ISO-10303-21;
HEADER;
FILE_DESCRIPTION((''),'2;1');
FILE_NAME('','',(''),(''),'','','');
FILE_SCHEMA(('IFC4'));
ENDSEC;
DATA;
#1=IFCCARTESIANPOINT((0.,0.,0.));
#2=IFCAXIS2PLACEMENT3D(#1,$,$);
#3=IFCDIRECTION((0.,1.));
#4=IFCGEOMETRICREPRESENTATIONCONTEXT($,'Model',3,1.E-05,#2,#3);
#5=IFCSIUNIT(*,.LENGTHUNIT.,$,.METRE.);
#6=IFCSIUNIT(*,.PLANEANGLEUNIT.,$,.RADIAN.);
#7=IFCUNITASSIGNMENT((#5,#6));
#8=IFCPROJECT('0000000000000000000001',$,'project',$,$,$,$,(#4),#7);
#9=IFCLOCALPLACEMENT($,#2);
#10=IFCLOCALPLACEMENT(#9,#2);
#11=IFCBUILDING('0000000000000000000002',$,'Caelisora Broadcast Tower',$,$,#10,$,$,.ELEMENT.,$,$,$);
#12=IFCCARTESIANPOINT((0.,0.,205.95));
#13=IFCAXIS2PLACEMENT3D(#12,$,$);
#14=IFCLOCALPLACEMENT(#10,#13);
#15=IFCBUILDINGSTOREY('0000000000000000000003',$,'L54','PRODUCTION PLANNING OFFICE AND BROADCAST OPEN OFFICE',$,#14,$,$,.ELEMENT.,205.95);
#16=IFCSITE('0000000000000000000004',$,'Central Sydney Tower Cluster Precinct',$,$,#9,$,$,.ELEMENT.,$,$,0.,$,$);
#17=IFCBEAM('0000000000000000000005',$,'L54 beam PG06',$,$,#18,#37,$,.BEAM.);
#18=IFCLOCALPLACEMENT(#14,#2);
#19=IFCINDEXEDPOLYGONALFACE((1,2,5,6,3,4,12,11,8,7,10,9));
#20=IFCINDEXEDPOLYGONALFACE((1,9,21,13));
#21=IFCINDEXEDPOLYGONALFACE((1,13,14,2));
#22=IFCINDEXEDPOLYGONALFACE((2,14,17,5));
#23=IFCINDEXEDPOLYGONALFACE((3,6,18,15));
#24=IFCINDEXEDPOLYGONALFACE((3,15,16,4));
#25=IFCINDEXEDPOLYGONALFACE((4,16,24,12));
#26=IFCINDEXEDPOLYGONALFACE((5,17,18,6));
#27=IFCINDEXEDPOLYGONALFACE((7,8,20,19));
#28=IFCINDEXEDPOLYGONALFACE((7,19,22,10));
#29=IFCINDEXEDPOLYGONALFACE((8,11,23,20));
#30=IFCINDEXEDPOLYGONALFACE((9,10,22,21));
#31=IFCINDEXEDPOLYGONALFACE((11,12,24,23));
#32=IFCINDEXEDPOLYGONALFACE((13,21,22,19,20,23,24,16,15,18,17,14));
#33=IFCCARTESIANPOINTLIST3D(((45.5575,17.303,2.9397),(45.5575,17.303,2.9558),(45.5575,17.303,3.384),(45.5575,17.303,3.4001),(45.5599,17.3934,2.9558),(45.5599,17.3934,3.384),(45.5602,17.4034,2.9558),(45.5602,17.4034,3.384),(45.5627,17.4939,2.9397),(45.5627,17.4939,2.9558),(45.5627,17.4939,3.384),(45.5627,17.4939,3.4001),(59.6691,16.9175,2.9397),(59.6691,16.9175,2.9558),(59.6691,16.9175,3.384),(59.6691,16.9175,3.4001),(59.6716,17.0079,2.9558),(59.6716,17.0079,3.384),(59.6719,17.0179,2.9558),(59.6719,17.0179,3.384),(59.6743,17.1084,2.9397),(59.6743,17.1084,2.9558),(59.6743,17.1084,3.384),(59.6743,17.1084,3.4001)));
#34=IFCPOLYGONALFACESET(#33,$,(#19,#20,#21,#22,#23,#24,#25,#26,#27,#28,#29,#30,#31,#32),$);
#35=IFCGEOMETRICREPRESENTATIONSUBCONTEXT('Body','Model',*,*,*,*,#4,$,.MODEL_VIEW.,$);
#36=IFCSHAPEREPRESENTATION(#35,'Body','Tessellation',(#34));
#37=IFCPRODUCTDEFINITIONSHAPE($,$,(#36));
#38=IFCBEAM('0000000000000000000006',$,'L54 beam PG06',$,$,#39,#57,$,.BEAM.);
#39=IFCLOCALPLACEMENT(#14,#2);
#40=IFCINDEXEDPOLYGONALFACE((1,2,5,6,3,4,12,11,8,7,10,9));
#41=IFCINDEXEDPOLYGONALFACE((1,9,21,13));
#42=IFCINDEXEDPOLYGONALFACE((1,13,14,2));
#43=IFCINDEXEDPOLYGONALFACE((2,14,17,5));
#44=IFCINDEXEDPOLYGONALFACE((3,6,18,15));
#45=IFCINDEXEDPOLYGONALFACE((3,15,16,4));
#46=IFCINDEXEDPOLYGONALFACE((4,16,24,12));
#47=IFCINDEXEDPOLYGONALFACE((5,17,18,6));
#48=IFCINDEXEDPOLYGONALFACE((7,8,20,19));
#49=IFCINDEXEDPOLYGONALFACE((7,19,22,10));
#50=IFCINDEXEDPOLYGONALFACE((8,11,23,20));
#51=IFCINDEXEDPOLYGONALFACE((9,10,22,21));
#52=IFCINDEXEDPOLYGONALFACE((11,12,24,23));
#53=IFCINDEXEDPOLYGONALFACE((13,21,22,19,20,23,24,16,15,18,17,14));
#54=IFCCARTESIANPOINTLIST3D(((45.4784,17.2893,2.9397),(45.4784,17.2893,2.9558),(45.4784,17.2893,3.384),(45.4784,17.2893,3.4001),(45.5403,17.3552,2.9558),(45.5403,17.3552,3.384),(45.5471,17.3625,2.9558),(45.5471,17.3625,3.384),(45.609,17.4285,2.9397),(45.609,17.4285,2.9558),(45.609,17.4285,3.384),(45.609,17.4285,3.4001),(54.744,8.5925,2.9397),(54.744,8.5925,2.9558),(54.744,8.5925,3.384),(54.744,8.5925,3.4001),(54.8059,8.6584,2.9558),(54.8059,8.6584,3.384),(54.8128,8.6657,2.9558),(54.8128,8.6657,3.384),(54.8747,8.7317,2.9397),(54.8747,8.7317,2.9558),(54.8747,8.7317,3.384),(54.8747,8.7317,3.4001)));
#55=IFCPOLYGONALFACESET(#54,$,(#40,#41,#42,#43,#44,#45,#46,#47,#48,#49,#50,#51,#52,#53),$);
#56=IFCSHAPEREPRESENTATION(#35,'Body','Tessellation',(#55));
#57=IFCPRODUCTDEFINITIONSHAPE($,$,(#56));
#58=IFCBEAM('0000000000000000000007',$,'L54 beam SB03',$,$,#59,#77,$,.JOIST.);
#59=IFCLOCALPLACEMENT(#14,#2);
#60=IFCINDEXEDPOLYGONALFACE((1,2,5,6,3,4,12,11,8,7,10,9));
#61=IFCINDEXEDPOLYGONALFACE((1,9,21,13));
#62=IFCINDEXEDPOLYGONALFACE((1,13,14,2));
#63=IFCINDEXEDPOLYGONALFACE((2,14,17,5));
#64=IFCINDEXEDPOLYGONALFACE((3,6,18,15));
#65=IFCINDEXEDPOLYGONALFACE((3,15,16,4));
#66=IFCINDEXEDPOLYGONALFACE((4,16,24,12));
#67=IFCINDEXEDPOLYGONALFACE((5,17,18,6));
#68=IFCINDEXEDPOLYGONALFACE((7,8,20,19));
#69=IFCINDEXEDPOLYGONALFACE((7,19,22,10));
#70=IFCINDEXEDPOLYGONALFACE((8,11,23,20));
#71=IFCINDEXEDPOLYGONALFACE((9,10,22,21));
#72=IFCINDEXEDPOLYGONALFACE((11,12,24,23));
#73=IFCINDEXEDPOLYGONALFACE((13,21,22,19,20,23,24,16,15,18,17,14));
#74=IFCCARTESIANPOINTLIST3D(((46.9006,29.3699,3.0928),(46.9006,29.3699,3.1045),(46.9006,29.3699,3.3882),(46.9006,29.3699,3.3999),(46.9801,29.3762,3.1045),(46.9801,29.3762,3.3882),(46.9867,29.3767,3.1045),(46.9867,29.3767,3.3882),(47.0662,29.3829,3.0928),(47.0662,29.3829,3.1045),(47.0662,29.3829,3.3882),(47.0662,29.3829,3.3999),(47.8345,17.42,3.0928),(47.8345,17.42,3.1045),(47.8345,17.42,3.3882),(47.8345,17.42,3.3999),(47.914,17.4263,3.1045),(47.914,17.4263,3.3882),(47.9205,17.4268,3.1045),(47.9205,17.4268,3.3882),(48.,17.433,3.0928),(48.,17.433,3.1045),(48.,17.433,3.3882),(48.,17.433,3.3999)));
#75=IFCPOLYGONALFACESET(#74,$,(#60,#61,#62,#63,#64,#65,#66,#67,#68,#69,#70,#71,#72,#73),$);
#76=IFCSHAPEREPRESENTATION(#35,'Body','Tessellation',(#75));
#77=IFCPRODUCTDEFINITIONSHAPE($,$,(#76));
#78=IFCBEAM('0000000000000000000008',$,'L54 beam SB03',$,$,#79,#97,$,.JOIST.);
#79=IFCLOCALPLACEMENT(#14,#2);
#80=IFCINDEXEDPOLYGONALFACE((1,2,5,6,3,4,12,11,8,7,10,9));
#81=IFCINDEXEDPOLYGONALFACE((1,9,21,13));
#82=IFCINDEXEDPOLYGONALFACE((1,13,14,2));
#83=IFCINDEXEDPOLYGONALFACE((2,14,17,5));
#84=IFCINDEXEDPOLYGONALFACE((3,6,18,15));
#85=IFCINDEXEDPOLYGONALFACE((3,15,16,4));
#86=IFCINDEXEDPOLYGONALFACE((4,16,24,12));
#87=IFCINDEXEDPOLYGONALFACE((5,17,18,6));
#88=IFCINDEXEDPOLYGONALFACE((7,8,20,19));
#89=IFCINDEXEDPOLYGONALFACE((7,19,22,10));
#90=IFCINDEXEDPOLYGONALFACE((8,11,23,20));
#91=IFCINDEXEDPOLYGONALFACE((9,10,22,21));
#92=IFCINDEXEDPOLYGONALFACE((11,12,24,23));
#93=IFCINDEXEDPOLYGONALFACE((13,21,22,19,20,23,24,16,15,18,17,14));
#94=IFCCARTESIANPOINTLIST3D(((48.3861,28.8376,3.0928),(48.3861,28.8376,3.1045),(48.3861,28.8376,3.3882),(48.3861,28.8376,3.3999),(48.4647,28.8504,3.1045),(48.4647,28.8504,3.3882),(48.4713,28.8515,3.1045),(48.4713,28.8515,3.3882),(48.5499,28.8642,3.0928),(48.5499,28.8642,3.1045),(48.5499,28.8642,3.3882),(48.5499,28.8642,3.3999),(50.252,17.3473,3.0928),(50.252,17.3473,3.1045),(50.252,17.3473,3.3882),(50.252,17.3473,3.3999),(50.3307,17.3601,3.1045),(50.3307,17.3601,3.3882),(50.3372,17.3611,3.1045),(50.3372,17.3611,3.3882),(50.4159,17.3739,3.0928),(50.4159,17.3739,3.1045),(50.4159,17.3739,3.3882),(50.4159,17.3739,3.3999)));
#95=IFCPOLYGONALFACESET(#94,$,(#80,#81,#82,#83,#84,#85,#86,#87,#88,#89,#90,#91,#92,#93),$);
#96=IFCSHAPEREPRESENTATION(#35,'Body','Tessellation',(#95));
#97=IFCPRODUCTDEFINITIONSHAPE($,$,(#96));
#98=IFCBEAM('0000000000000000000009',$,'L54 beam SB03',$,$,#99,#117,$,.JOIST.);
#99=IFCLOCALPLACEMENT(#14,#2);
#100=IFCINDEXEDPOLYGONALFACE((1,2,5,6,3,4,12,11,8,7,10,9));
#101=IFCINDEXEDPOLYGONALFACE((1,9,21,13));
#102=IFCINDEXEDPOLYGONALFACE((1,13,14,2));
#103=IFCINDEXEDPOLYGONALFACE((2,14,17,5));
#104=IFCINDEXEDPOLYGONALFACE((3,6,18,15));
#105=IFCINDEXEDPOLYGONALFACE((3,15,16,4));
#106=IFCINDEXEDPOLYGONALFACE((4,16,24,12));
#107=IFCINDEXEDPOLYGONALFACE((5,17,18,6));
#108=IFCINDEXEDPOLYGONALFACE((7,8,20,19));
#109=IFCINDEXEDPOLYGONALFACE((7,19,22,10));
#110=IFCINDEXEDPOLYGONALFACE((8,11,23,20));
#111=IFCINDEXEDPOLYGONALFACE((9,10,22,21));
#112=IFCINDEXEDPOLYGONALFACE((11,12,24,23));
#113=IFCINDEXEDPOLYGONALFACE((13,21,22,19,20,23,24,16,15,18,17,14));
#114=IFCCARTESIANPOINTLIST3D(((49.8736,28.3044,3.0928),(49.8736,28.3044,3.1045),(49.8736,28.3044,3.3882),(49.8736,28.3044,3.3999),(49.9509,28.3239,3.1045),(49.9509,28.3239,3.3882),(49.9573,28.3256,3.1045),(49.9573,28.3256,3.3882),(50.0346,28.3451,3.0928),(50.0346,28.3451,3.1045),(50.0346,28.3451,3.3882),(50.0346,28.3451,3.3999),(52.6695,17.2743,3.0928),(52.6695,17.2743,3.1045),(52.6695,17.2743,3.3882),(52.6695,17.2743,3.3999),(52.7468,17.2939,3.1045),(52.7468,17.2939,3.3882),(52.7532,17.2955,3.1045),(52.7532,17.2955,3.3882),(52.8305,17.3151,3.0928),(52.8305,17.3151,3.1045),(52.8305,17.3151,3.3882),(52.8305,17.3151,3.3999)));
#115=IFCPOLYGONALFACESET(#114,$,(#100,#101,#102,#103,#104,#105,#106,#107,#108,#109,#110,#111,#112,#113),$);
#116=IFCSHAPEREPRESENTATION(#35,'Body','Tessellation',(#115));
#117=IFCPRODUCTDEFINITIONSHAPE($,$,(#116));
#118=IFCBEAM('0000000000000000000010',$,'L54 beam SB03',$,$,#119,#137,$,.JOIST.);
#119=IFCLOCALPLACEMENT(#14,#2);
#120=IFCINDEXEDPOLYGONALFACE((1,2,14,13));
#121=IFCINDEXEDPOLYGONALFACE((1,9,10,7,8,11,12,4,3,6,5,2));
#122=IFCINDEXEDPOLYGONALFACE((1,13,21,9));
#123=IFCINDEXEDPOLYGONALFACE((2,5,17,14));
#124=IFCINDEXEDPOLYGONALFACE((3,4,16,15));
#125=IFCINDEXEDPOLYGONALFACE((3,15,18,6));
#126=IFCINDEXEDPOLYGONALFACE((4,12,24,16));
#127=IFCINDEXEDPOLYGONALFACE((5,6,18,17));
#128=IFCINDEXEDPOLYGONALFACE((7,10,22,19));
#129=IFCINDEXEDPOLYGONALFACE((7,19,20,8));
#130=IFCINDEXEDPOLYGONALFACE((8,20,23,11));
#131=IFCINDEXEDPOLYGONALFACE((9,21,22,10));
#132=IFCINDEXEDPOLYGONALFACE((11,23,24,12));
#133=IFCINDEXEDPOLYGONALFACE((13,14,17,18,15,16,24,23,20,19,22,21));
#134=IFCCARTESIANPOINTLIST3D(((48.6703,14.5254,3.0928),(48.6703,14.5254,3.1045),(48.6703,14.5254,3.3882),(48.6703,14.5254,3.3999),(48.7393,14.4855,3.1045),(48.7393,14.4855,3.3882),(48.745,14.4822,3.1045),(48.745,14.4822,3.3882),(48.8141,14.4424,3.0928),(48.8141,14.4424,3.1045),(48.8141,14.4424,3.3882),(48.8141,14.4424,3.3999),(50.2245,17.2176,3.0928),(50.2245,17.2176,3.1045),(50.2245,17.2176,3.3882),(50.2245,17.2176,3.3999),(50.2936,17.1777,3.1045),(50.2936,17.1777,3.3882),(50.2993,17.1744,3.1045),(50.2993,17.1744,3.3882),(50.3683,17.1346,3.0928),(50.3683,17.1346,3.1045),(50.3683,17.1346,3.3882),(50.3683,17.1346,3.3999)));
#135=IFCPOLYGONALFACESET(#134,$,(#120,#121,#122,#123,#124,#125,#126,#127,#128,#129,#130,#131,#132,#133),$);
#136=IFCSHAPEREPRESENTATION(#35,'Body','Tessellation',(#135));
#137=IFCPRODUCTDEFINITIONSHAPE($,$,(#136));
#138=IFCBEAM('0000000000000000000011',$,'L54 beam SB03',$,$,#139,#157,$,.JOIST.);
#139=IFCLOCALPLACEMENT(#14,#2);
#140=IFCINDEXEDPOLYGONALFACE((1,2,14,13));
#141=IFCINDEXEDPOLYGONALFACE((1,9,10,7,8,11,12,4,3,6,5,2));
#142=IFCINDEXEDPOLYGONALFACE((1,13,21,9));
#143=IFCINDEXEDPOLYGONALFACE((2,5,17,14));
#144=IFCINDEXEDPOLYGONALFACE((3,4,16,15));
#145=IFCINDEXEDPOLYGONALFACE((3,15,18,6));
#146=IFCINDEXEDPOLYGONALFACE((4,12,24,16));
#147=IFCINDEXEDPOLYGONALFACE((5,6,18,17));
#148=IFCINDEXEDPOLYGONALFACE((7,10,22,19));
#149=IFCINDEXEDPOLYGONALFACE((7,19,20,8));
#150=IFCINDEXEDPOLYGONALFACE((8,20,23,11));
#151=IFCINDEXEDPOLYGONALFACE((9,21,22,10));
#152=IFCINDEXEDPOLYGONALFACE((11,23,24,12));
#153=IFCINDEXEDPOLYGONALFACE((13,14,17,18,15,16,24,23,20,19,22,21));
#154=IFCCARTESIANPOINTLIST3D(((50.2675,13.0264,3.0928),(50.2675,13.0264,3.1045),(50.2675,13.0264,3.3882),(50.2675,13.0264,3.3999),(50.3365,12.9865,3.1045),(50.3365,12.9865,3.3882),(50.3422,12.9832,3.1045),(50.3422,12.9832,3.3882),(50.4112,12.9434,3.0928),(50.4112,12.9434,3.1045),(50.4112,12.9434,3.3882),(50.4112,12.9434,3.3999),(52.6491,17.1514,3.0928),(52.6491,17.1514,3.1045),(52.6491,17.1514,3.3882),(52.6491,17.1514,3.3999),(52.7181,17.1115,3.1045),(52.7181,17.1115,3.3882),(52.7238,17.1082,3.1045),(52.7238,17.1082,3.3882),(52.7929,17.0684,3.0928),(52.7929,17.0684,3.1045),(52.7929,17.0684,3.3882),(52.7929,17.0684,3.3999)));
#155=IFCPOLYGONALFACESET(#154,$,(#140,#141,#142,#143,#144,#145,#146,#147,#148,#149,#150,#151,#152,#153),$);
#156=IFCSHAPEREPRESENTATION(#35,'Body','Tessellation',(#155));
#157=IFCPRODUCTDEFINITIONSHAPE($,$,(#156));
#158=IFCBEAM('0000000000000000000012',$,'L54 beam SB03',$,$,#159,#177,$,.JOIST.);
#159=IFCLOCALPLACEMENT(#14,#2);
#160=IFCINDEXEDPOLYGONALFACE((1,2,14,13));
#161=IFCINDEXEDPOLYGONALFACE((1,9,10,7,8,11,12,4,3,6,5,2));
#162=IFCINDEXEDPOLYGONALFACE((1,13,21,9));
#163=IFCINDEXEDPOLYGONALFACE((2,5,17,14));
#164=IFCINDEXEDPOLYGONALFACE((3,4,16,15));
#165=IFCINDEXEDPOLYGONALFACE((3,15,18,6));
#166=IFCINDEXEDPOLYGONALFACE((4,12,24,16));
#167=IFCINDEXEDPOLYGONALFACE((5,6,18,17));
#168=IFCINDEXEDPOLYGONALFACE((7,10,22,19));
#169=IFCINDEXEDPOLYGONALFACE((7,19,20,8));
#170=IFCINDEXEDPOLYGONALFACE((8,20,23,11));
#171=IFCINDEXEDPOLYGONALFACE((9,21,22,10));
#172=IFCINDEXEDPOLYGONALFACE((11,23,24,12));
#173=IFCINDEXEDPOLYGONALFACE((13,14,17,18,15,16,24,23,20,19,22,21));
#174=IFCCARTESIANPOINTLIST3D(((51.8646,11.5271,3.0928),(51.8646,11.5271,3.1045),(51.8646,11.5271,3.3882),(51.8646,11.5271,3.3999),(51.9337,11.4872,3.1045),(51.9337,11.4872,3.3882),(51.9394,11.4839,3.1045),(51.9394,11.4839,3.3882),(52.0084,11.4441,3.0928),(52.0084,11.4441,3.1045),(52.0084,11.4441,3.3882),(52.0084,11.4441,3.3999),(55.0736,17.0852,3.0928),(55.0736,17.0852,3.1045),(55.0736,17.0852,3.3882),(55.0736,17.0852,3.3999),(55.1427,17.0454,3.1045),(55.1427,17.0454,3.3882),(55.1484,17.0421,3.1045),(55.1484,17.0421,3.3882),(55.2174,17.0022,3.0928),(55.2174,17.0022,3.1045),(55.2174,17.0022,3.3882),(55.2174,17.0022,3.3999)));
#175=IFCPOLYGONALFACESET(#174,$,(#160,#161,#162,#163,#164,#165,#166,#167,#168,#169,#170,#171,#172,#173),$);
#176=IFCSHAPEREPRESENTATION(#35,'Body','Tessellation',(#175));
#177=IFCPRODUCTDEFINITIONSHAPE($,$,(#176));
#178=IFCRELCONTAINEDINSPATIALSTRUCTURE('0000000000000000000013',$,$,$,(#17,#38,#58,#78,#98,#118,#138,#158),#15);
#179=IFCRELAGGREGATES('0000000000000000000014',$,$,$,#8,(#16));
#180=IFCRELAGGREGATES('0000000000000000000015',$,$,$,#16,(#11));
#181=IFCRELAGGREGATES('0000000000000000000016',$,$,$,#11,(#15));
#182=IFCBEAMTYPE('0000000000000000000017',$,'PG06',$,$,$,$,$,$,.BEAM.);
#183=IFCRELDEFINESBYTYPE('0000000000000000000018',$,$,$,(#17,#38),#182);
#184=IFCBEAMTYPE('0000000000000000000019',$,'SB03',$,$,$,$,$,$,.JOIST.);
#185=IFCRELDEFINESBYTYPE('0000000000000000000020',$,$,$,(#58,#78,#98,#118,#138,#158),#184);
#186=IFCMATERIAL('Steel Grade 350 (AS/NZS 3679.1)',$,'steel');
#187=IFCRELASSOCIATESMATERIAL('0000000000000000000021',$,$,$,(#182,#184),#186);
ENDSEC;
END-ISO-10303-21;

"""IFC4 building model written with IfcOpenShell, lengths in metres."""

from ifc_helpers import new_model, si_unit, direction, frame, origin, origin_2d, place, context, subcontext, project, spatial, i_section, extrude, source, transform, mapped, material, material_profile, profile_set, type_object, type_shapes, element, save


model = new_model("IFC4")

# Units and contexts
model_context = context("Model", 3, precision=1e-05, world=origin(), true_north=direction((0.0, 1.0)))
body_context = subcontext(model_context, "Body", "Model", "MODEL_VIEW")
ifc_project = project(units=[si_unit("LENGTHUNIT", "METRE"), si_unit("PLANEANGLEUNIT", "RADIAN")], contexts=[model_context])

# Site, building, storey
site_placement = place(None, origin())
site = spatial("IfcSite", under=ifc_project, at=site_placement, Name="Central Sydney Tower Cluster Precinct", CompositionType="ELEMENT", RefElevation=0.0)
building_placement = place(site_placement, origin())
building = spatial("IfcBuilding", under=site, at=building_placement, Name="Caelisora Broadcast Tower", CompositionType="ELEMENT")
storey_placement = place(building_placement, frame((0.0, 0.0, 205.95)))
storey = spatial("IfcBuildingStorey", under=building, at=storey_placement, Name="L54", Description="PRODUCTION PLANNING OFFICE AND BROADCAST OPEN OFFICE", CompositionType="ELEMENT", Elevation=205.95)

# Beams
ifc_material_1 = material(Name="Steel Grade 350 (AS/NZS 3679.1)", Category="steel")
ifc_material_profile_1 = material_profile(ifc_material_1, i_section(OverallWidth=0.1909, OverallDepth=0.4604, WebThickness=0.01, FlangeThickness=0.0161, at=origin_2d()), Name="Steel Grade 350 (AS/NZS 3679.1)")
ifc_profile_set_1 = profile_set([ifc_material_profile_1], Name="Steel Grade 350 (AS/NZS 3679.1)")
beam_type_1 = type_object("IfcBeamType", Name="PG06", PredefinedType="BEAM", material=ifc_profile_set_1)
shared_shape_1 = source(origin(), body_context, "Body", "SweptSolid", [
    extrude(i_section(OverallWidth=0.1909, OverallDepth=0.4604, WebThickness=0.01, FlangeThickness=0.0161, at=origin_2d()), origin(), (0.0, 0.0, 1.0), 14.1169),
])
beam_1_placement = place(storey_placement, frame((45.5601, 17.3984, 3.1699), z_axis=(0.999627, -0.027308, 0.0), x_axis=(0.027308, 0.999627, 0.0)))
element("IfcBeam", 1, at=beam_1_placement, inside=storey, type_object=beam_type_1, Name="L54 beam PG06", PredefinedType="BEAM", context=body_context, shape_type="MappedRepresentation", body=[
    mapped(shared_shape_1, transform((0.0, 0.0, 0.0), scale=1.0)),
])
shared_shape_2 = source(origin(), body_context, "Body", "SweptSolid", [
    extrude(i_section(OverallWidth=0.1909, OverallDepth=0.4604, WebThickness=0.01, FlangeThickness=0.0161, at=origin_2d()), origin(), (0.0, 0.0, 1.0), 12.7078),
])
type_shapes(beam_type_1, [shared_shape_1, shared_shape_2])
beam_2_placement = place(storey_placement, frame((45.5437, 17.3589, 3.1699), z_axis=(0.729134, -0.68437, 0.0), x_axis=(0.68437, 0.729134, 0.0)))
element("IfcBeam", 2, at=beam_2_placement, inside=storey, type_object=beam_type_1, Name="L54 beam PG06", PredefinedType="BEAM", context=body_context, shape_type="MappedRepresentation", body=[
    mapped(shared_shape_2, transform((0.0, 0.0, 0.0), scale=1.0)),
])
ifc_material_profile_2 = material_profile(ifc_material_1, i_section(OverallWidth=0.166, OverallDepth=0.3071, WebThickness=0.0066, FlangeThickness=0.0117, at=origin_2d()), Name="Steel Grade 350 (AS/NZS 3679.1)")
ifc_profile_set_2 = profile_set([ifc_material_profile_2], Name="Steel Grade 350 (AS/NZS 3679.1)")
beam_type_2 = type_object("IfcBeamType", Name="SB03", PredefinedType="JOIST", material=ifc_profile_set_2)
shared_shape_3 = source(origin(), body_context, "Body", "SweptSolid", [
    extrude(i_section(OverallWidth=0.166, OverallDepth=0.3071, WebThickness=0.0066, FlangeThickness=0.0117, at=origin_2d()), origin(), (0.0, 0.0, 1.0), 11.9863),
])
beam_3_placement = place(storey_placement, frame((47.9172, 17.4265, 3.2463), z_axis=(-0.077908, 0.996961, 0.0), x_axis=(-0.996961, -0.077908, 0.0)))
element("IfcBeam", 3, at=beam_3_placement, inside=storey, type_object=beam_type_2, Name="L54 beam SB03", PredefinedType="JOIST", context=body_context, shape_type="MappedRepresentation", body=[
    mapped(shared_shape_3, transform((0.0, 0.0, 0.0), scale=1.0)),
])
shared_shape_4 = source(origin(), body_context, "Body", "SweptSolid", [
    extrude(i_section(OverallWidth=0.166, OverallDepth=0.3071, WebThickness=0.0066, FlangeThickness=0.0117, at=origin_2d()), origin(), (0.0, 0.0, 1.0), 11.6409),
])
beam_4_placement = place(storey_placement, frame((50.334, 17.3606, 3.2463), z_axis=(-0.160296, 0.987069, 0.0), x_axis=(-0.987069, -0.160296, 0.0)))
element("IfcBeam", 4, at=beam_4_placement, inside=storey, type_object=beam_type_2, Name="L54 beam SB03", PredefinedType="JOIST", context=body_context, shape_type="MappedRepresentation", body=[
    mapped(shared_shape_4, transform((0.0, 0.0, 0.0), scale=1.0)),
])
shared_shape_5 = source(origin(), body_context, "Body", "SweptSolid", [
    extrude(i_section(OverallWidth=0.166, OverallDepth=0.3071, WebThickness=0.0066, FlangeThickness=0.0117, at=origin_2d()), origin(), (0.0, 0.0, 1.0), 11.3789),
])
beam_5_placement = place(storey_placement, frame((52.75, 17.2947, 3.2463), z_axis=(-0.24571, 0.969343, 0.0), x_axis=(-0.969343, -0.24571, 0.0)))
element("IfcBeam", 5, at=beam_5_placement, inside=storey, type_object=beam_type_2, Name="L54 beam SB03", PredefinedType="JOIST", context=body_context, shape_type="MappedRepresentation", body=[
    mapped(shared_shape_5, transform((0.0, 0.0, 0.0), scale=1.0)),
])
shared_shape_6 = source(origin(), body_context, "Body", "SweptSolid", [
    extrude(i_section(OverallWidth=0.166, OverallDepth=0.3071, WebThickness=0.0066, FlangeThickness=0.0117, at=origin_2d()), origin(), (0.0, 0.0, 1.0), 3.1086),
])
beam_6_placement = place(storey_placement, frame((48.7422, 14.4839, 3.2463), z_axis=(0.499974, 0.86604, 0.0), x_axis=(-0.86604, 0.499974, 0.0)))
element("IfcBeam", 6, at=beam_6_placement, inside=storey, type_object=beam_type_2, Name="L54 beam SB03", PredefinedType="JOIST", context=body_context, shape_type="MappedRepresentation", body=[
    mapped(shared_shape_6, transform((0.0, 0.0, 0.0), scale=1.0)),
])
shared_shape_7 = source(origin(), body_context, "Body", "SweptSolid", [
    extrude(i_section(OverallWidth=0.166, OverallDepth=0.3071, WebThickness=0.0066, FlangeThickness=0.0117, at=origin_2d()), origin(), (0.0, 0.0, 1.0), 4.7632),
])
beam_7_placement = place(storey_placement, frame((50.3394, 12.9849, 3.2463), z_axis=(0.500003, 0.866023, 0.0), x_axis=(-0.866023, 0.500003, 0.0)))
element("IfcBeam", 7, at=beam_7_placement, inside=storey, type_object=beam_type_2, Name="L54 beam SB03", PredefinedType="JOIST", context=body_context, shape_type="MappedRepresentation", body=[
    mapped(shared_shape_7, transform((0.0, 0.0, 0.0), scale=1.0)),
])
shared_shape_8 = source(origin(), body_context, "Body", "SweptSolid", [
    extrude(i_section(OverallWidth=0.166, OverallDepth=0.3071, WebThickness=0.0066, FlangeThickness=0.0117, at=origin_2d()), origin(), (0.0, 0.0, 1.0), 6.418),
])
type_shapes(beam_type_2, [shared_shape_3, shared_shape_4, shared_shape_5, shared_shape_6, shared_shape_7, shared_shape_8])
beam_8_placement = place(storey_placement, frame((51.9365, 11.4856, 3.2463), z_axis=(0.500001, 0.866025, 0.0), x_axis=(-0.866025, 0.500001, 0.0)))
element("IfcBeam", 8, at=beam_8_placement, inside=storey, type_object=beam_type_2, Name="L54 beam SB03", PredefinedType="JOIST", context=body_context, shape_type="MappedRepresentation", body=[
    mapped(shared_shape_8, transform((0.0, 0.0, 0.0), scale=1.0)),
])

save(model, "model.ifc")
